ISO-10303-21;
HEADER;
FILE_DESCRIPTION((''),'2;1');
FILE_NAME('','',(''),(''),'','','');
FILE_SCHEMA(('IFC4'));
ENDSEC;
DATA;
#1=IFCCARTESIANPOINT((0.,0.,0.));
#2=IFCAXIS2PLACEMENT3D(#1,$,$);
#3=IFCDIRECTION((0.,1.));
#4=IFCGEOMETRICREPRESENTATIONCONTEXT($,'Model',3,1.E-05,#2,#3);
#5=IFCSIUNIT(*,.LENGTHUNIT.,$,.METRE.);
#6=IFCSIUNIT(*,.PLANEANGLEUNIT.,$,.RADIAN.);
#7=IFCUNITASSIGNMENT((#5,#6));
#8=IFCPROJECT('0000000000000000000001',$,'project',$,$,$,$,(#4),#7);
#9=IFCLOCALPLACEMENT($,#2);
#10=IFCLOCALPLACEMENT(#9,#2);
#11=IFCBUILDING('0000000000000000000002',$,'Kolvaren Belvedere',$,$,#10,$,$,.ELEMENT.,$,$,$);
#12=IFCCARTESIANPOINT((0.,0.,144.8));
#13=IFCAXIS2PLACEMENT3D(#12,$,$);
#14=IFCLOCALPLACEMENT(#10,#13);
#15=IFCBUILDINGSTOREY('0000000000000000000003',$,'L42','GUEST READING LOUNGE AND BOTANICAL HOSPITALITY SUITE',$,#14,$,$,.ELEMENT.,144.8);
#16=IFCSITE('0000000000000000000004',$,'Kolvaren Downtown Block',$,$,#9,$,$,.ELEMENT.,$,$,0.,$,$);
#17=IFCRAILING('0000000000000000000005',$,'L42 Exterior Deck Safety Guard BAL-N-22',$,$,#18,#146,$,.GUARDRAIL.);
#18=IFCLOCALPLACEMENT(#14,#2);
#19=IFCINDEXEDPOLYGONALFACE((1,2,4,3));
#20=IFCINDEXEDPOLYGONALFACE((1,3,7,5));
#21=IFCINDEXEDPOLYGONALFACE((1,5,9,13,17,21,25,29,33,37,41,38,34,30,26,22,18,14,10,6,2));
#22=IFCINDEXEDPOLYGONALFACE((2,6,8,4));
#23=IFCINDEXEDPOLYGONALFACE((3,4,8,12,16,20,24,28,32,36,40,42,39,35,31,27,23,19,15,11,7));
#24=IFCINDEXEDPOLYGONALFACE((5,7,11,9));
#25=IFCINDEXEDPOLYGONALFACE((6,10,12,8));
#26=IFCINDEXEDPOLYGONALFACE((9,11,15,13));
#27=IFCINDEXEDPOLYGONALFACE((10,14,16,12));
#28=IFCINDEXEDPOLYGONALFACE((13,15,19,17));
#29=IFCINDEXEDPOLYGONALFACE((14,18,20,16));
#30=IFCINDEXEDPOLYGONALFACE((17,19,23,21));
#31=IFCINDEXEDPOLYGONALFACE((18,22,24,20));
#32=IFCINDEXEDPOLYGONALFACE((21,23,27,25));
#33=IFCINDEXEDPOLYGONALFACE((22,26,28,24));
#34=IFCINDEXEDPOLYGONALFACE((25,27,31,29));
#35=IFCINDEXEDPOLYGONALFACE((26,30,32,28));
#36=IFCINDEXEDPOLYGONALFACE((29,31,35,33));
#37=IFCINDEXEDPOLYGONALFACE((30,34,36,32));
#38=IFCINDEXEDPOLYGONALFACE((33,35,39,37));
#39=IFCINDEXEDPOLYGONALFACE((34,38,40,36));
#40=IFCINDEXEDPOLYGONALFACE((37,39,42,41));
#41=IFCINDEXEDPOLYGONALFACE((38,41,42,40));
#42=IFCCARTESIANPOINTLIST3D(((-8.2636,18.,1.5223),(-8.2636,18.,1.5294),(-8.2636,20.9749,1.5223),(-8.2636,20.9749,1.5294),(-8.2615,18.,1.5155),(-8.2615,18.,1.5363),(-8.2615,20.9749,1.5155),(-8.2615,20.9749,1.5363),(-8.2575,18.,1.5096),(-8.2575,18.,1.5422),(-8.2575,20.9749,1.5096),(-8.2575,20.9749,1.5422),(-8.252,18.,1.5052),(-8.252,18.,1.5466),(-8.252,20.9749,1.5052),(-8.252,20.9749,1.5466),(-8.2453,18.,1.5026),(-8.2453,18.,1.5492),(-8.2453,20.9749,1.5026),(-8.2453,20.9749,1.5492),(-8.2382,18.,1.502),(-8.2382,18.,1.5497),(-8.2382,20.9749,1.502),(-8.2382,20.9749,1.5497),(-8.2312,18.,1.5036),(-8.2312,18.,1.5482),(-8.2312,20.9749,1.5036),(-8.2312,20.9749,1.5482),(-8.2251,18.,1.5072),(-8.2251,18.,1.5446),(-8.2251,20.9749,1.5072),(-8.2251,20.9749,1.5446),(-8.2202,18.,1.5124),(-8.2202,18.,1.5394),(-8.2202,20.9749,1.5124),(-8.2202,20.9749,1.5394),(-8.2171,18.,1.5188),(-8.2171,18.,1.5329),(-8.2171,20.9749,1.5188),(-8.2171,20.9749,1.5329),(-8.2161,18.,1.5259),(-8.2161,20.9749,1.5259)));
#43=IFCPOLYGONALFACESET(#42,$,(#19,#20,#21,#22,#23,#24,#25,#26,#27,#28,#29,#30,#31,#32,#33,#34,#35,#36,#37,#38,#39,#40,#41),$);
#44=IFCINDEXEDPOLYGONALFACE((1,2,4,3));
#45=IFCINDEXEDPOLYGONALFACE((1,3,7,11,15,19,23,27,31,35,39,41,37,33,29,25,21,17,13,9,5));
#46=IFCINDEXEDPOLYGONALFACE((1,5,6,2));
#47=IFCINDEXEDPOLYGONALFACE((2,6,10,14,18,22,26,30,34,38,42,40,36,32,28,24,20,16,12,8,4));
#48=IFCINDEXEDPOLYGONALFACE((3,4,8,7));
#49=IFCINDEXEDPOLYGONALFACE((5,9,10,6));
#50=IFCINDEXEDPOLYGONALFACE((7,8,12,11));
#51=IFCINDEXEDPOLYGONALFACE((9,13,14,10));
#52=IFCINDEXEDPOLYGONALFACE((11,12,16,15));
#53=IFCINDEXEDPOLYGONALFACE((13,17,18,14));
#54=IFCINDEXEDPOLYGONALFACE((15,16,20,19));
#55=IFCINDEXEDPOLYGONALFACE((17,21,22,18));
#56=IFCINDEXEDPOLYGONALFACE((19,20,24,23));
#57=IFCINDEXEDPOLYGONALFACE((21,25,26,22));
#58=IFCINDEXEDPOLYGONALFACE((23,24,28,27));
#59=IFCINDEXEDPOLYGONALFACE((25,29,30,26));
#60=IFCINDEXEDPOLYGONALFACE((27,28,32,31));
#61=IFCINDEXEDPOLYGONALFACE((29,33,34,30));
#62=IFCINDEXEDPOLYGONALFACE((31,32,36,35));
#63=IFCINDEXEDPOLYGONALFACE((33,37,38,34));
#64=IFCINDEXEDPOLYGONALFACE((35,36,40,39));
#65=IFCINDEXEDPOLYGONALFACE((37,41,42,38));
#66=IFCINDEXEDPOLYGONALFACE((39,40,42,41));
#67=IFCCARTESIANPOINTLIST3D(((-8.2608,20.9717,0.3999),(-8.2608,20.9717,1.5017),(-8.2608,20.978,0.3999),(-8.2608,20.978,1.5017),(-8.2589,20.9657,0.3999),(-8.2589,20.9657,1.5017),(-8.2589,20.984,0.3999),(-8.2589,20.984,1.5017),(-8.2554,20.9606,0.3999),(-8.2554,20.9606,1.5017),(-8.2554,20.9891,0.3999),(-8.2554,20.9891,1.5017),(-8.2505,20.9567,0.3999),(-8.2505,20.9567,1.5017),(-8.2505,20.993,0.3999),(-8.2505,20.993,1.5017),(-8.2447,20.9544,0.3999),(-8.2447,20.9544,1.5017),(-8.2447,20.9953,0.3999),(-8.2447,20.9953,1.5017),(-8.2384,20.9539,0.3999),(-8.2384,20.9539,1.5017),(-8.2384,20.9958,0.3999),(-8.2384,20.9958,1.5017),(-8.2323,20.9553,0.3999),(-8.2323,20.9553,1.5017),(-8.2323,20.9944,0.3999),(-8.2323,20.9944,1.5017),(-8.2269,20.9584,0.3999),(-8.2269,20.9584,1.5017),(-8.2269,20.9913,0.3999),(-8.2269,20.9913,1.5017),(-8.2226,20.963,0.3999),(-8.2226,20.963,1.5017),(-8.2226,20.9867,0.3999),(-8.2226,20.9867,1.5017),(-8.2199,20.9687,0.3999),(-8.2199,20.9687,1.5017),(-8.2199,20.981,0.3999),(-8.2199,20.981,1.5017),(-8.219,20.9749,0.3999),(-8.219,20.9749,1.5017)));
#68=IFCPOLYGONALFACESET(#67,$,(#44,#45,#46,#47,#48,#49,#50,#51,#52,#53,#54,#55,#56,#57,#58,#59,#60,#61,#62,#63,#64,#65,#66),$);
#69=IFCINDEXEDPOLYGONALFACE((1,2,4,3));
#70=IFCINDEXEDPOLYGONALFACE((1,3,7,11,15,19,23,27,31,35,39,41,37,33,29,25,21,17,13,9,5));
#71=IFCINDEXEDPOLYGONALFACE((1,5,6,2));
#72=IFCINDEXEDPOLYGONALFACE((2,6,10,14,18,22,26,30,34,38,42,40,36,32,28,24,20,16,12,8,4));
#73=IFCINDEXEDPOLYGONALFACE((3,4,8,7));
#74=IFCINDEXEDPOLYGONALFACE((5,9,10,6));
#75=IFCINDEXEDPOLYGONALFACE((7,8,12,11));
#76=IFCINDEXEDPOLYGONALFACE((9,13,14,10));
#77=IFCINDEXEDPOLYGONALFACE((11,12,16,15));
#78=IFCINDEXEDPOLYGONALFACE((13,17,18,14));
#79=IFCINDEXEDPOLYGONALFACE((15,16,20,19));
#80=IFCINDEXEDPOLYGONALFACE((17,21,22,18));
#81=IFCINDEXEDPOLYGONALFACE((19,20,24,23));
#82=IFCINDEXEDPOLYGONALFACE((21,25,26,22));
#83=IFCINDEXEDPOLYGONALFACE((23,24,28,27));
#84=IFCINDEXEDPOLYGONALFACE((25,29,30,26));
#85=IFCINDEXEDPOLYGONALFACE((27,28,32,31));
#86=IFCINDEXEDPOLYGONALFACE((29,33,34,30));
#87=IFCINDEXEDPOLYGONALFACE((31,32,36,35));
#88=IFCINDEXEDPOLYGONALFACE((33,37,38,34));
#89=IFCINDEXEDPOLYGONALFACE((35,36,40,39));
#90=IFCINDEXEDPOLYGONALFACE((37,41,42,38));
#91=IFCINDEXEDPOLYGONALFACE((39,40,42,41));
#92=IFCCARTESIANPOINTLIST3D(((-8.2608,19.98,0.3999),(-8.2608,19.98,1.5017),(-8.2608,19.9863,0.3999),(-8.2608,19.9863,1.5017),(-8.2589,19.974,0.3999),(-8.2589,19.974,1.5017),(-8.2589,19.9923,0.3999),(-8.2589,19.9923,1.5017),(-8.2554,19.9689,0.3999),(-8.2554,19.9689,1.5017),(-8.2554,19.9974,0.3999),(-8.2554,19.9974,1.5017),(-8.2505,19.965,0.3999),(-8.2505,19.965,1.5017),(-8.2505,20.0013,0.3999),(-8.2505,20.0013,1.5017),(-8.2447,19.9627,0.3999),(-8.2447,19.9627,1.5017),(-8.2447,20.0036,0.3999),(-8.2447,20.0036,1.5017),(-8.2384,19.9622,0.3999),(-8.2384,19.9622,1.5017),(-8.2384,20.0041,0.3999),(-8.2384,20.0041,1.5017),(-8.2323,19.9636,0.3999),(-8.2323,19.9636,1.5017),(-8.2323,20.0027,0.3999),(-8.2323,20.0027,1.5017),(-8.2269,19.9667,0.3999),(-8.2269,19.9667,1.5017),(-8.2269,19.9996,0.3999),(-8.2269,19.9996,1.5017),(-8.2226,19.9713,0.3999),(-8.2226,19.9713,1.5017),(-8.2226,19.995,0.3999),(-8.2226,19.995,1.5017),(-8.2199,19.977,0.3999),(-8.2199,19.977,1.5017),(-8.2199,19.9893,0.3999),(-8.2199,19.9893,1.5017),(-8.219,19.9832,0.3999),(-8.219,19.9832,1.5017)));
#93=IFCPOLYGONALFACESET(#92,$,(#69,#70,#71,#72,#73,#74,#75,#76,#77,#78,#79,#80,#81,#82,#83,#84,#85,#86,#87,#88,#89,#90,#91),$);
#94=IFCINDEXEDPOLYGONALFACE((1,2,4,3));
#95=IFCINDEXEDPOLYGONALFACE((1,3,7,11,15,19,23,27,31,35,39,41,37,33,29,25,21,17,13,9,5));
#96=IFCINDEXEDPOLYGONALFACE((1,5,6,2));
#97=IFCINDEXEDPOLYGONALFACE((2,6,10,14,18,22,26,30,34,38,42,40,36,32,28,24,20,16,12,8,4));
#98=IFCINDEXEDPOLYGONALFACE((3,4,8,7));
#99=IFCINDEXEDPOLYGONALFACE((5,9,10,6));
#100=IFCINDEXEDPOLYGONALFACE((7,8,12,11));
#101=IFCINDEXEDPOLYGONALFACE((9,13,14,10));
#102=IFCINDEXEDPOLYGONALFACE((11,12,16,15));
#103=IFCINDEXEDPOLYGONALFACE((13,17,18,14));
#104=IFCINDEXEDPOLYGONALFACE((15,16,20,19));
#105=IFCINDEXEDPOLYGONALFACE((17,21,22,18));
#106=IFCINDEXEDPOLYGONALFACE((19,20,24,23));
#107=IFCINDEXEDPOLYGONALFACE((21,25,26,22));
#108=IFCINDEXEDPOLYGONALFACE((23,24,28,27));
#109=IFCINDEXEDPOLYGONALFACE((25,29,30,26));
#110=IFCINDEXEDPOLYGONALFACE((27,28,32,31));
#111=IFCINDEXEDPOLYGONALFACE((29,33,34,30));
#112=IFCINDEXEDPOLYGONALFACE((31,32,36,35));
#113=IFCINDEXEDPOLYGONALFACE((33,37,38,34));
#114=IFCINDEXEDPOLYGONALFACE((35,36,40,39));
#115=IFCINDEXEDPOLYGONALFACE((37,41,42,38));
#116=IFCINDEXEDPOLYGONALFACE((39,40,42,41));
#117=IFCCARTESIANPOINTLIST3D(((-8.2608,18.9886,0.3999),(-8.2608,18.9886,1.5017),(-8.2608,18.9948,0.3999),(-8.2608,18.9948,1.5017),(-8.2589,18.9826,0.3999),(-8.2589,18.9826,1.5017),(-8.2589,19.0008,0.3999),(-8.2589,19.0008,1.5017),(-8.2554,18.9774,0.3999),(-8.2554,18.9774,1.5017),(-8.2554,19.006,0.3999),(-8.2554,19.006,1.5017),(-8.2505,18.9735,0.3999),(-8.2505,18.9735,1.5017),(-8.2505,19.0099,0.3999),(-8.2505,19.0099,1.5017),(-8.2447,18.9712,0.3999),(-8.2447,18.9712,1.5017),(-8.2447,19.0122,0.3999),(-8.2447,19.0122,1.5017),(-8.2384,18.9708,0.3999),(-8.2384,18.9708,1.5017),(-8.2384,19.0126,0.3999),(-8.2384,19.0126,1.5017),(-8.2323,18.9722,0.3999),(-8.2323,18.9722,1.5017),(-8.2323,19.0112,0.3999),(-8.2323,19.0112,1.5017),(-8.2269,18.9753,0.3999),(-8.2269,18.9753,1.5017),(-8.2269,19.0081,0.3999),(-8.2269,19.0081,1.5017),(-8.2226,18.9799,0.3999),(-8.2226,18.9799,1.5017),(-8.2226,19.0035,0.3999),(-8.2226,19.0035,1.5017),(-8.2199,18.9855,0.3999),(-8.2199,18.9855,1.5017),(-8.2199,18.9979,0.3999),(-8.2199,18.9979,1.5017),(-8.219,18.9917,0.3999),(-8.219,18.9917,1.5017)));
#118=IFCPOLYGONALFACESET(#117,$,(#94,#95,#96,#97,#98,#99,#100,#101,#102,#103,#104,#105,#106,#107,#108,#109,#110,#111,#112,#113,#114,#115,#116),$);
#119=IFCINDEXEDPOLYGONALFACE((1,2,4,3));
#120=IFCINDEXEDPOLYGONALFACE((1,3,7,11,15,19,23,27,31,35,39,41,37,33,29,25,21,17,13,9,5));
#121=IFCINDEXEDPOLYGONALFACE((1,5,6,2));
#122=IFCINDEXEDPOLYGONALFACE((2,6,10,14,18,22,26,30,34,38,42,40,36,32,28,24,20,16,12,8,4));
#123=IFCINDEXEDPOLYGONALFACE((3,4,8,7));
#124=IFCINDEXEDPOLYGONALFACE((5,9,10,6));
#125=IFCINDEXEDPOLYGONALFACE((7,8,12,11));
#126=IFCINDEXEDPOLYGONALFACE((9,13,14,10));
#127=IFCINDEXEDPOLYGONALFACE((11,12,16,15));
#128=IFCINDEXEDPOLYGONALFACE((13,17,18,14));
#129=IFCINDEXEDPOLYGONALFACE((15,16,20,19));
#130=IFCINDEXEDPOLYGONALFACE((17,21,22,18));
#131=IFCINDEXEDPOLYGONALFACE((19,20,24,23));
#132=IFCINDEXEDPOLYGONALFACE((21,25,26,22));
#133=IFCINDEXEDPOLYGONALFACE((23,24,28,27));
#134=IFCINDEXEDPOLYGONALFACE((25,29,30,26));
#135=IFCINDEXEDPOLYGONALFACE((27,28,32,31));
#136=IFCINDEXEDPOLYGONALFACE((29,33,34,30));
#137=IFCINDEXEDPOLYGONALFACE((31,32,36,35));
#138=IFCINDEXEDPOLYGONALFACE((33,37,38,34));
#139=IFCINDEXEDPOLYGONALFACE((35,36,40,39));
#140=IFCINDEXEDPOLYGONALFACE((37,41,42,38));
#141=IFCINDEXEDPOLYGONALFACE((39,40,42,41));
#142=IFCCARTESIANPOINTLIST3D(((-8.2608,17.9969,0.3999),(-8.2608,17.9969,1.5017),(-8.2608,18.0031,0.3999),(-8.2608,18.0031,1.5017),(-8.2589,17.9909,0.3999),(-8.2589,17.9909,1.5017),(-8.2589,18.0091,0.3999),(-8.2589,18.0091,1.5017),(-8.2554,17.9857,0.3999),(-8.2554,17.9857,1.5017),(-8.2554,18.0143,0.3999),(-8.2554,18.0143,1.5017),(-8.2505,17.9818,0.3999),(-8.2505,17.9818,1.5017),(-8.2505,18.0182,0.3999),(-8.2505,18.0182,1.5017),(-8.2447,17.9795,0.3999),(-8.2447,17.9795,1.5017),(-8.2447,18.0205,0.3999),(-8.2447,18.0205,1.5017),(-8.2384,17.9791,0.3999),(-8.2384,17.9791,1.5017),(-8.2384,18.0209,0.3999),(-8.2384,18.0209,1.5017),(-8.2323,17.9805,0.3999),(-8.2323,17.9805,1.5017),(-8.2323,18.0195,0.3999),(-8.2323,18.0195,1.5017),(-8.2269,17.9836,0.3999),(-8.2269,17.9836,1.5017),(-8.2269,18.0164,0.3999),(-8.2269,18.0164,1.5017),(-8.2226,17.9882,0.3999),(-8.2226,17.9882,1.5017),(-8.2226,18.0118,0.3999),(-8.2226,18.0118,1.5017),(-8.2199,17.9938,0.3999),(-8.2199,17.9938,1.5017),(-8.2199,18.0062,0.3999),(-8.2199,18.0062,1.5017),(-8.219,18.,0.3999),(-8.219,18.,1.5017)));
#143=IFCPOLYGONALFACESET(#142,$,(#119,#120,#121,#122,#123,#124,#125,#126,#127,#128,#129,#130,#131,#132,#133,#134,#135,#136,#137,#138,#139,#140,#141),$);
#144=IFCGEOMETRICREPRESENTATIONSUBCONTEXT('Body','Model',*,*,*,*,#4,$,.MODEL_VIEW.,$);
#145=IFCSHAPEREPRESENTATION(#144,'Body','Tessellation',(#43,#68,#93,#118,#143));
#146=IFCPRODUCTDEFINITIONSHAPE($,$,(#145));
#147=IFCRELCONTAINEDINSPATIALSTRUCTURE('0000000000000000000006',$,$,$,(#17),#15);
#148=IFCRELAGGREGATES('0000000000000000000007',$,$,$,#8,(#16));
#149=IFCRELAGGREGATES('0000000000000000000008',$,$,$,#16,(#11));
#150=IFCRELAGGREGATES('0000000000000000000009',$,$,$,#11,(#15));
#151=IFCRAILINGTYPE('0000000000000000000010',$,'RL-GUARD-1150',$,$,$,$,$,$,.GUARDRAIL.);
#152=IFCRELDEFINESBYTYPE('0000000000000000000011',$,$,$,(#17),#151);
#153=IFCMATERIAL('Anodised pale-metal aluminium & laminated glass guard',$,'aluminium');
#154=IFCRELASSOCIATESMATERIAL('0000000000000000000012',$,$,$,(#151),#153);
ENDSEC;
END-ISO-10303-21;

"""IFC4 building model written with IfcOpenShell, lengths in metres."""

from ifc_helpers import new_model, si_unit, direction, frame, origin, origin_2d, place, context, subcontext, project, spatial, circle, extrude, material, type_object, element, save


model = new_model("IFC4")

# Units and contexts
model_context = context("Model", 3, precision=1e-05, world=origin(), true_north=direction((0.0, 1.0)))
body_context = subcontext(model_context, "Body", "Model", "MODEL_VIEW")
ifc_project = project(units=[si_unit("LENGTHUNIT", "METRE"), si_unit("PLANEANGLEUNIT", "RADIAN")], contexts=[model_context])

# Site, building, storey
site_placement = place(None, origin())
site = spatial("IfcSite", under=ifc_project, at=site_placement, Name="Kolvaren Downtown Block", CompositionType="ELEMENT", RefElevation=0.0)
building_placement = place(site_placement, origin())
building = spatial("IfcBuilding", under=site, at=building_placement, Name="Kolvaren Belvedere", CompositionType="ELEMENT")
storey_placement = place(building_placement, frame((0.0, 0.0, 144.8)))
storey = spatial("IfcBuildingStorey", under=building, at=storey_placement, Name="L42", Description="GUEST READING LOUNGE AND BOTANICAL HOSPITALITY SUITE", CompositionType="ELEMENT", Elevation=144.8)

# Railing
ifc_material_1 = material(Name="Anodised pale-metal aluminium & laminated glass guard", Category="aluminium")
railing_type = type_object("IfcRailingType", Name="RL-GUARD-1150", PredefinedType="GUARDRAIL", material=ifc_material_1)
railing_1_placement = place(storey_placement, frame((-8.24, 20.9749, 0.3999)))
element("IfcRailing", 1, at=railing_1_placement, inside=storey, type_object=railing_type, Name="L42 Exterior Deck Safety Guard BAL-N-22", PredefinedType="GUARDRAIL", context=body_context, shape_type="SweptSolid", body=[
    extrude(circle(Radius=0.0239, at=origin_2d()), frame((0.0, 0.0, 1.126), z_axis=(0.0, -1.0, 0.0), x_axis=(1.0, 0.0, 0.0)), (0.0, 0.0, 1.0), 2.9749),
    extrude(circle(Radius=0.021, at=origin_2d()), origin(), (0.0, 0.0, 1.0), 1.1018),
    extrude(circle(Radius=0.021, at=origin_2d()), frame((0.0, -0.9917, 0.0)), (0.0, 0.0, 1.0), 1.1018),
    extrude(circle(Radius=0.021, at=origin_2d()), frame((0.0, -1.9832, 0.0)), (0.0, 0.0, 1.0), 1.1018),
    extrude(circle(Radius=0.021, at=origin_2d()), frame((0.0, -2.9749, 0.0)), (0.0, 0.0, 1.0), 1.1018),
])

save(model, "model.ifc")
